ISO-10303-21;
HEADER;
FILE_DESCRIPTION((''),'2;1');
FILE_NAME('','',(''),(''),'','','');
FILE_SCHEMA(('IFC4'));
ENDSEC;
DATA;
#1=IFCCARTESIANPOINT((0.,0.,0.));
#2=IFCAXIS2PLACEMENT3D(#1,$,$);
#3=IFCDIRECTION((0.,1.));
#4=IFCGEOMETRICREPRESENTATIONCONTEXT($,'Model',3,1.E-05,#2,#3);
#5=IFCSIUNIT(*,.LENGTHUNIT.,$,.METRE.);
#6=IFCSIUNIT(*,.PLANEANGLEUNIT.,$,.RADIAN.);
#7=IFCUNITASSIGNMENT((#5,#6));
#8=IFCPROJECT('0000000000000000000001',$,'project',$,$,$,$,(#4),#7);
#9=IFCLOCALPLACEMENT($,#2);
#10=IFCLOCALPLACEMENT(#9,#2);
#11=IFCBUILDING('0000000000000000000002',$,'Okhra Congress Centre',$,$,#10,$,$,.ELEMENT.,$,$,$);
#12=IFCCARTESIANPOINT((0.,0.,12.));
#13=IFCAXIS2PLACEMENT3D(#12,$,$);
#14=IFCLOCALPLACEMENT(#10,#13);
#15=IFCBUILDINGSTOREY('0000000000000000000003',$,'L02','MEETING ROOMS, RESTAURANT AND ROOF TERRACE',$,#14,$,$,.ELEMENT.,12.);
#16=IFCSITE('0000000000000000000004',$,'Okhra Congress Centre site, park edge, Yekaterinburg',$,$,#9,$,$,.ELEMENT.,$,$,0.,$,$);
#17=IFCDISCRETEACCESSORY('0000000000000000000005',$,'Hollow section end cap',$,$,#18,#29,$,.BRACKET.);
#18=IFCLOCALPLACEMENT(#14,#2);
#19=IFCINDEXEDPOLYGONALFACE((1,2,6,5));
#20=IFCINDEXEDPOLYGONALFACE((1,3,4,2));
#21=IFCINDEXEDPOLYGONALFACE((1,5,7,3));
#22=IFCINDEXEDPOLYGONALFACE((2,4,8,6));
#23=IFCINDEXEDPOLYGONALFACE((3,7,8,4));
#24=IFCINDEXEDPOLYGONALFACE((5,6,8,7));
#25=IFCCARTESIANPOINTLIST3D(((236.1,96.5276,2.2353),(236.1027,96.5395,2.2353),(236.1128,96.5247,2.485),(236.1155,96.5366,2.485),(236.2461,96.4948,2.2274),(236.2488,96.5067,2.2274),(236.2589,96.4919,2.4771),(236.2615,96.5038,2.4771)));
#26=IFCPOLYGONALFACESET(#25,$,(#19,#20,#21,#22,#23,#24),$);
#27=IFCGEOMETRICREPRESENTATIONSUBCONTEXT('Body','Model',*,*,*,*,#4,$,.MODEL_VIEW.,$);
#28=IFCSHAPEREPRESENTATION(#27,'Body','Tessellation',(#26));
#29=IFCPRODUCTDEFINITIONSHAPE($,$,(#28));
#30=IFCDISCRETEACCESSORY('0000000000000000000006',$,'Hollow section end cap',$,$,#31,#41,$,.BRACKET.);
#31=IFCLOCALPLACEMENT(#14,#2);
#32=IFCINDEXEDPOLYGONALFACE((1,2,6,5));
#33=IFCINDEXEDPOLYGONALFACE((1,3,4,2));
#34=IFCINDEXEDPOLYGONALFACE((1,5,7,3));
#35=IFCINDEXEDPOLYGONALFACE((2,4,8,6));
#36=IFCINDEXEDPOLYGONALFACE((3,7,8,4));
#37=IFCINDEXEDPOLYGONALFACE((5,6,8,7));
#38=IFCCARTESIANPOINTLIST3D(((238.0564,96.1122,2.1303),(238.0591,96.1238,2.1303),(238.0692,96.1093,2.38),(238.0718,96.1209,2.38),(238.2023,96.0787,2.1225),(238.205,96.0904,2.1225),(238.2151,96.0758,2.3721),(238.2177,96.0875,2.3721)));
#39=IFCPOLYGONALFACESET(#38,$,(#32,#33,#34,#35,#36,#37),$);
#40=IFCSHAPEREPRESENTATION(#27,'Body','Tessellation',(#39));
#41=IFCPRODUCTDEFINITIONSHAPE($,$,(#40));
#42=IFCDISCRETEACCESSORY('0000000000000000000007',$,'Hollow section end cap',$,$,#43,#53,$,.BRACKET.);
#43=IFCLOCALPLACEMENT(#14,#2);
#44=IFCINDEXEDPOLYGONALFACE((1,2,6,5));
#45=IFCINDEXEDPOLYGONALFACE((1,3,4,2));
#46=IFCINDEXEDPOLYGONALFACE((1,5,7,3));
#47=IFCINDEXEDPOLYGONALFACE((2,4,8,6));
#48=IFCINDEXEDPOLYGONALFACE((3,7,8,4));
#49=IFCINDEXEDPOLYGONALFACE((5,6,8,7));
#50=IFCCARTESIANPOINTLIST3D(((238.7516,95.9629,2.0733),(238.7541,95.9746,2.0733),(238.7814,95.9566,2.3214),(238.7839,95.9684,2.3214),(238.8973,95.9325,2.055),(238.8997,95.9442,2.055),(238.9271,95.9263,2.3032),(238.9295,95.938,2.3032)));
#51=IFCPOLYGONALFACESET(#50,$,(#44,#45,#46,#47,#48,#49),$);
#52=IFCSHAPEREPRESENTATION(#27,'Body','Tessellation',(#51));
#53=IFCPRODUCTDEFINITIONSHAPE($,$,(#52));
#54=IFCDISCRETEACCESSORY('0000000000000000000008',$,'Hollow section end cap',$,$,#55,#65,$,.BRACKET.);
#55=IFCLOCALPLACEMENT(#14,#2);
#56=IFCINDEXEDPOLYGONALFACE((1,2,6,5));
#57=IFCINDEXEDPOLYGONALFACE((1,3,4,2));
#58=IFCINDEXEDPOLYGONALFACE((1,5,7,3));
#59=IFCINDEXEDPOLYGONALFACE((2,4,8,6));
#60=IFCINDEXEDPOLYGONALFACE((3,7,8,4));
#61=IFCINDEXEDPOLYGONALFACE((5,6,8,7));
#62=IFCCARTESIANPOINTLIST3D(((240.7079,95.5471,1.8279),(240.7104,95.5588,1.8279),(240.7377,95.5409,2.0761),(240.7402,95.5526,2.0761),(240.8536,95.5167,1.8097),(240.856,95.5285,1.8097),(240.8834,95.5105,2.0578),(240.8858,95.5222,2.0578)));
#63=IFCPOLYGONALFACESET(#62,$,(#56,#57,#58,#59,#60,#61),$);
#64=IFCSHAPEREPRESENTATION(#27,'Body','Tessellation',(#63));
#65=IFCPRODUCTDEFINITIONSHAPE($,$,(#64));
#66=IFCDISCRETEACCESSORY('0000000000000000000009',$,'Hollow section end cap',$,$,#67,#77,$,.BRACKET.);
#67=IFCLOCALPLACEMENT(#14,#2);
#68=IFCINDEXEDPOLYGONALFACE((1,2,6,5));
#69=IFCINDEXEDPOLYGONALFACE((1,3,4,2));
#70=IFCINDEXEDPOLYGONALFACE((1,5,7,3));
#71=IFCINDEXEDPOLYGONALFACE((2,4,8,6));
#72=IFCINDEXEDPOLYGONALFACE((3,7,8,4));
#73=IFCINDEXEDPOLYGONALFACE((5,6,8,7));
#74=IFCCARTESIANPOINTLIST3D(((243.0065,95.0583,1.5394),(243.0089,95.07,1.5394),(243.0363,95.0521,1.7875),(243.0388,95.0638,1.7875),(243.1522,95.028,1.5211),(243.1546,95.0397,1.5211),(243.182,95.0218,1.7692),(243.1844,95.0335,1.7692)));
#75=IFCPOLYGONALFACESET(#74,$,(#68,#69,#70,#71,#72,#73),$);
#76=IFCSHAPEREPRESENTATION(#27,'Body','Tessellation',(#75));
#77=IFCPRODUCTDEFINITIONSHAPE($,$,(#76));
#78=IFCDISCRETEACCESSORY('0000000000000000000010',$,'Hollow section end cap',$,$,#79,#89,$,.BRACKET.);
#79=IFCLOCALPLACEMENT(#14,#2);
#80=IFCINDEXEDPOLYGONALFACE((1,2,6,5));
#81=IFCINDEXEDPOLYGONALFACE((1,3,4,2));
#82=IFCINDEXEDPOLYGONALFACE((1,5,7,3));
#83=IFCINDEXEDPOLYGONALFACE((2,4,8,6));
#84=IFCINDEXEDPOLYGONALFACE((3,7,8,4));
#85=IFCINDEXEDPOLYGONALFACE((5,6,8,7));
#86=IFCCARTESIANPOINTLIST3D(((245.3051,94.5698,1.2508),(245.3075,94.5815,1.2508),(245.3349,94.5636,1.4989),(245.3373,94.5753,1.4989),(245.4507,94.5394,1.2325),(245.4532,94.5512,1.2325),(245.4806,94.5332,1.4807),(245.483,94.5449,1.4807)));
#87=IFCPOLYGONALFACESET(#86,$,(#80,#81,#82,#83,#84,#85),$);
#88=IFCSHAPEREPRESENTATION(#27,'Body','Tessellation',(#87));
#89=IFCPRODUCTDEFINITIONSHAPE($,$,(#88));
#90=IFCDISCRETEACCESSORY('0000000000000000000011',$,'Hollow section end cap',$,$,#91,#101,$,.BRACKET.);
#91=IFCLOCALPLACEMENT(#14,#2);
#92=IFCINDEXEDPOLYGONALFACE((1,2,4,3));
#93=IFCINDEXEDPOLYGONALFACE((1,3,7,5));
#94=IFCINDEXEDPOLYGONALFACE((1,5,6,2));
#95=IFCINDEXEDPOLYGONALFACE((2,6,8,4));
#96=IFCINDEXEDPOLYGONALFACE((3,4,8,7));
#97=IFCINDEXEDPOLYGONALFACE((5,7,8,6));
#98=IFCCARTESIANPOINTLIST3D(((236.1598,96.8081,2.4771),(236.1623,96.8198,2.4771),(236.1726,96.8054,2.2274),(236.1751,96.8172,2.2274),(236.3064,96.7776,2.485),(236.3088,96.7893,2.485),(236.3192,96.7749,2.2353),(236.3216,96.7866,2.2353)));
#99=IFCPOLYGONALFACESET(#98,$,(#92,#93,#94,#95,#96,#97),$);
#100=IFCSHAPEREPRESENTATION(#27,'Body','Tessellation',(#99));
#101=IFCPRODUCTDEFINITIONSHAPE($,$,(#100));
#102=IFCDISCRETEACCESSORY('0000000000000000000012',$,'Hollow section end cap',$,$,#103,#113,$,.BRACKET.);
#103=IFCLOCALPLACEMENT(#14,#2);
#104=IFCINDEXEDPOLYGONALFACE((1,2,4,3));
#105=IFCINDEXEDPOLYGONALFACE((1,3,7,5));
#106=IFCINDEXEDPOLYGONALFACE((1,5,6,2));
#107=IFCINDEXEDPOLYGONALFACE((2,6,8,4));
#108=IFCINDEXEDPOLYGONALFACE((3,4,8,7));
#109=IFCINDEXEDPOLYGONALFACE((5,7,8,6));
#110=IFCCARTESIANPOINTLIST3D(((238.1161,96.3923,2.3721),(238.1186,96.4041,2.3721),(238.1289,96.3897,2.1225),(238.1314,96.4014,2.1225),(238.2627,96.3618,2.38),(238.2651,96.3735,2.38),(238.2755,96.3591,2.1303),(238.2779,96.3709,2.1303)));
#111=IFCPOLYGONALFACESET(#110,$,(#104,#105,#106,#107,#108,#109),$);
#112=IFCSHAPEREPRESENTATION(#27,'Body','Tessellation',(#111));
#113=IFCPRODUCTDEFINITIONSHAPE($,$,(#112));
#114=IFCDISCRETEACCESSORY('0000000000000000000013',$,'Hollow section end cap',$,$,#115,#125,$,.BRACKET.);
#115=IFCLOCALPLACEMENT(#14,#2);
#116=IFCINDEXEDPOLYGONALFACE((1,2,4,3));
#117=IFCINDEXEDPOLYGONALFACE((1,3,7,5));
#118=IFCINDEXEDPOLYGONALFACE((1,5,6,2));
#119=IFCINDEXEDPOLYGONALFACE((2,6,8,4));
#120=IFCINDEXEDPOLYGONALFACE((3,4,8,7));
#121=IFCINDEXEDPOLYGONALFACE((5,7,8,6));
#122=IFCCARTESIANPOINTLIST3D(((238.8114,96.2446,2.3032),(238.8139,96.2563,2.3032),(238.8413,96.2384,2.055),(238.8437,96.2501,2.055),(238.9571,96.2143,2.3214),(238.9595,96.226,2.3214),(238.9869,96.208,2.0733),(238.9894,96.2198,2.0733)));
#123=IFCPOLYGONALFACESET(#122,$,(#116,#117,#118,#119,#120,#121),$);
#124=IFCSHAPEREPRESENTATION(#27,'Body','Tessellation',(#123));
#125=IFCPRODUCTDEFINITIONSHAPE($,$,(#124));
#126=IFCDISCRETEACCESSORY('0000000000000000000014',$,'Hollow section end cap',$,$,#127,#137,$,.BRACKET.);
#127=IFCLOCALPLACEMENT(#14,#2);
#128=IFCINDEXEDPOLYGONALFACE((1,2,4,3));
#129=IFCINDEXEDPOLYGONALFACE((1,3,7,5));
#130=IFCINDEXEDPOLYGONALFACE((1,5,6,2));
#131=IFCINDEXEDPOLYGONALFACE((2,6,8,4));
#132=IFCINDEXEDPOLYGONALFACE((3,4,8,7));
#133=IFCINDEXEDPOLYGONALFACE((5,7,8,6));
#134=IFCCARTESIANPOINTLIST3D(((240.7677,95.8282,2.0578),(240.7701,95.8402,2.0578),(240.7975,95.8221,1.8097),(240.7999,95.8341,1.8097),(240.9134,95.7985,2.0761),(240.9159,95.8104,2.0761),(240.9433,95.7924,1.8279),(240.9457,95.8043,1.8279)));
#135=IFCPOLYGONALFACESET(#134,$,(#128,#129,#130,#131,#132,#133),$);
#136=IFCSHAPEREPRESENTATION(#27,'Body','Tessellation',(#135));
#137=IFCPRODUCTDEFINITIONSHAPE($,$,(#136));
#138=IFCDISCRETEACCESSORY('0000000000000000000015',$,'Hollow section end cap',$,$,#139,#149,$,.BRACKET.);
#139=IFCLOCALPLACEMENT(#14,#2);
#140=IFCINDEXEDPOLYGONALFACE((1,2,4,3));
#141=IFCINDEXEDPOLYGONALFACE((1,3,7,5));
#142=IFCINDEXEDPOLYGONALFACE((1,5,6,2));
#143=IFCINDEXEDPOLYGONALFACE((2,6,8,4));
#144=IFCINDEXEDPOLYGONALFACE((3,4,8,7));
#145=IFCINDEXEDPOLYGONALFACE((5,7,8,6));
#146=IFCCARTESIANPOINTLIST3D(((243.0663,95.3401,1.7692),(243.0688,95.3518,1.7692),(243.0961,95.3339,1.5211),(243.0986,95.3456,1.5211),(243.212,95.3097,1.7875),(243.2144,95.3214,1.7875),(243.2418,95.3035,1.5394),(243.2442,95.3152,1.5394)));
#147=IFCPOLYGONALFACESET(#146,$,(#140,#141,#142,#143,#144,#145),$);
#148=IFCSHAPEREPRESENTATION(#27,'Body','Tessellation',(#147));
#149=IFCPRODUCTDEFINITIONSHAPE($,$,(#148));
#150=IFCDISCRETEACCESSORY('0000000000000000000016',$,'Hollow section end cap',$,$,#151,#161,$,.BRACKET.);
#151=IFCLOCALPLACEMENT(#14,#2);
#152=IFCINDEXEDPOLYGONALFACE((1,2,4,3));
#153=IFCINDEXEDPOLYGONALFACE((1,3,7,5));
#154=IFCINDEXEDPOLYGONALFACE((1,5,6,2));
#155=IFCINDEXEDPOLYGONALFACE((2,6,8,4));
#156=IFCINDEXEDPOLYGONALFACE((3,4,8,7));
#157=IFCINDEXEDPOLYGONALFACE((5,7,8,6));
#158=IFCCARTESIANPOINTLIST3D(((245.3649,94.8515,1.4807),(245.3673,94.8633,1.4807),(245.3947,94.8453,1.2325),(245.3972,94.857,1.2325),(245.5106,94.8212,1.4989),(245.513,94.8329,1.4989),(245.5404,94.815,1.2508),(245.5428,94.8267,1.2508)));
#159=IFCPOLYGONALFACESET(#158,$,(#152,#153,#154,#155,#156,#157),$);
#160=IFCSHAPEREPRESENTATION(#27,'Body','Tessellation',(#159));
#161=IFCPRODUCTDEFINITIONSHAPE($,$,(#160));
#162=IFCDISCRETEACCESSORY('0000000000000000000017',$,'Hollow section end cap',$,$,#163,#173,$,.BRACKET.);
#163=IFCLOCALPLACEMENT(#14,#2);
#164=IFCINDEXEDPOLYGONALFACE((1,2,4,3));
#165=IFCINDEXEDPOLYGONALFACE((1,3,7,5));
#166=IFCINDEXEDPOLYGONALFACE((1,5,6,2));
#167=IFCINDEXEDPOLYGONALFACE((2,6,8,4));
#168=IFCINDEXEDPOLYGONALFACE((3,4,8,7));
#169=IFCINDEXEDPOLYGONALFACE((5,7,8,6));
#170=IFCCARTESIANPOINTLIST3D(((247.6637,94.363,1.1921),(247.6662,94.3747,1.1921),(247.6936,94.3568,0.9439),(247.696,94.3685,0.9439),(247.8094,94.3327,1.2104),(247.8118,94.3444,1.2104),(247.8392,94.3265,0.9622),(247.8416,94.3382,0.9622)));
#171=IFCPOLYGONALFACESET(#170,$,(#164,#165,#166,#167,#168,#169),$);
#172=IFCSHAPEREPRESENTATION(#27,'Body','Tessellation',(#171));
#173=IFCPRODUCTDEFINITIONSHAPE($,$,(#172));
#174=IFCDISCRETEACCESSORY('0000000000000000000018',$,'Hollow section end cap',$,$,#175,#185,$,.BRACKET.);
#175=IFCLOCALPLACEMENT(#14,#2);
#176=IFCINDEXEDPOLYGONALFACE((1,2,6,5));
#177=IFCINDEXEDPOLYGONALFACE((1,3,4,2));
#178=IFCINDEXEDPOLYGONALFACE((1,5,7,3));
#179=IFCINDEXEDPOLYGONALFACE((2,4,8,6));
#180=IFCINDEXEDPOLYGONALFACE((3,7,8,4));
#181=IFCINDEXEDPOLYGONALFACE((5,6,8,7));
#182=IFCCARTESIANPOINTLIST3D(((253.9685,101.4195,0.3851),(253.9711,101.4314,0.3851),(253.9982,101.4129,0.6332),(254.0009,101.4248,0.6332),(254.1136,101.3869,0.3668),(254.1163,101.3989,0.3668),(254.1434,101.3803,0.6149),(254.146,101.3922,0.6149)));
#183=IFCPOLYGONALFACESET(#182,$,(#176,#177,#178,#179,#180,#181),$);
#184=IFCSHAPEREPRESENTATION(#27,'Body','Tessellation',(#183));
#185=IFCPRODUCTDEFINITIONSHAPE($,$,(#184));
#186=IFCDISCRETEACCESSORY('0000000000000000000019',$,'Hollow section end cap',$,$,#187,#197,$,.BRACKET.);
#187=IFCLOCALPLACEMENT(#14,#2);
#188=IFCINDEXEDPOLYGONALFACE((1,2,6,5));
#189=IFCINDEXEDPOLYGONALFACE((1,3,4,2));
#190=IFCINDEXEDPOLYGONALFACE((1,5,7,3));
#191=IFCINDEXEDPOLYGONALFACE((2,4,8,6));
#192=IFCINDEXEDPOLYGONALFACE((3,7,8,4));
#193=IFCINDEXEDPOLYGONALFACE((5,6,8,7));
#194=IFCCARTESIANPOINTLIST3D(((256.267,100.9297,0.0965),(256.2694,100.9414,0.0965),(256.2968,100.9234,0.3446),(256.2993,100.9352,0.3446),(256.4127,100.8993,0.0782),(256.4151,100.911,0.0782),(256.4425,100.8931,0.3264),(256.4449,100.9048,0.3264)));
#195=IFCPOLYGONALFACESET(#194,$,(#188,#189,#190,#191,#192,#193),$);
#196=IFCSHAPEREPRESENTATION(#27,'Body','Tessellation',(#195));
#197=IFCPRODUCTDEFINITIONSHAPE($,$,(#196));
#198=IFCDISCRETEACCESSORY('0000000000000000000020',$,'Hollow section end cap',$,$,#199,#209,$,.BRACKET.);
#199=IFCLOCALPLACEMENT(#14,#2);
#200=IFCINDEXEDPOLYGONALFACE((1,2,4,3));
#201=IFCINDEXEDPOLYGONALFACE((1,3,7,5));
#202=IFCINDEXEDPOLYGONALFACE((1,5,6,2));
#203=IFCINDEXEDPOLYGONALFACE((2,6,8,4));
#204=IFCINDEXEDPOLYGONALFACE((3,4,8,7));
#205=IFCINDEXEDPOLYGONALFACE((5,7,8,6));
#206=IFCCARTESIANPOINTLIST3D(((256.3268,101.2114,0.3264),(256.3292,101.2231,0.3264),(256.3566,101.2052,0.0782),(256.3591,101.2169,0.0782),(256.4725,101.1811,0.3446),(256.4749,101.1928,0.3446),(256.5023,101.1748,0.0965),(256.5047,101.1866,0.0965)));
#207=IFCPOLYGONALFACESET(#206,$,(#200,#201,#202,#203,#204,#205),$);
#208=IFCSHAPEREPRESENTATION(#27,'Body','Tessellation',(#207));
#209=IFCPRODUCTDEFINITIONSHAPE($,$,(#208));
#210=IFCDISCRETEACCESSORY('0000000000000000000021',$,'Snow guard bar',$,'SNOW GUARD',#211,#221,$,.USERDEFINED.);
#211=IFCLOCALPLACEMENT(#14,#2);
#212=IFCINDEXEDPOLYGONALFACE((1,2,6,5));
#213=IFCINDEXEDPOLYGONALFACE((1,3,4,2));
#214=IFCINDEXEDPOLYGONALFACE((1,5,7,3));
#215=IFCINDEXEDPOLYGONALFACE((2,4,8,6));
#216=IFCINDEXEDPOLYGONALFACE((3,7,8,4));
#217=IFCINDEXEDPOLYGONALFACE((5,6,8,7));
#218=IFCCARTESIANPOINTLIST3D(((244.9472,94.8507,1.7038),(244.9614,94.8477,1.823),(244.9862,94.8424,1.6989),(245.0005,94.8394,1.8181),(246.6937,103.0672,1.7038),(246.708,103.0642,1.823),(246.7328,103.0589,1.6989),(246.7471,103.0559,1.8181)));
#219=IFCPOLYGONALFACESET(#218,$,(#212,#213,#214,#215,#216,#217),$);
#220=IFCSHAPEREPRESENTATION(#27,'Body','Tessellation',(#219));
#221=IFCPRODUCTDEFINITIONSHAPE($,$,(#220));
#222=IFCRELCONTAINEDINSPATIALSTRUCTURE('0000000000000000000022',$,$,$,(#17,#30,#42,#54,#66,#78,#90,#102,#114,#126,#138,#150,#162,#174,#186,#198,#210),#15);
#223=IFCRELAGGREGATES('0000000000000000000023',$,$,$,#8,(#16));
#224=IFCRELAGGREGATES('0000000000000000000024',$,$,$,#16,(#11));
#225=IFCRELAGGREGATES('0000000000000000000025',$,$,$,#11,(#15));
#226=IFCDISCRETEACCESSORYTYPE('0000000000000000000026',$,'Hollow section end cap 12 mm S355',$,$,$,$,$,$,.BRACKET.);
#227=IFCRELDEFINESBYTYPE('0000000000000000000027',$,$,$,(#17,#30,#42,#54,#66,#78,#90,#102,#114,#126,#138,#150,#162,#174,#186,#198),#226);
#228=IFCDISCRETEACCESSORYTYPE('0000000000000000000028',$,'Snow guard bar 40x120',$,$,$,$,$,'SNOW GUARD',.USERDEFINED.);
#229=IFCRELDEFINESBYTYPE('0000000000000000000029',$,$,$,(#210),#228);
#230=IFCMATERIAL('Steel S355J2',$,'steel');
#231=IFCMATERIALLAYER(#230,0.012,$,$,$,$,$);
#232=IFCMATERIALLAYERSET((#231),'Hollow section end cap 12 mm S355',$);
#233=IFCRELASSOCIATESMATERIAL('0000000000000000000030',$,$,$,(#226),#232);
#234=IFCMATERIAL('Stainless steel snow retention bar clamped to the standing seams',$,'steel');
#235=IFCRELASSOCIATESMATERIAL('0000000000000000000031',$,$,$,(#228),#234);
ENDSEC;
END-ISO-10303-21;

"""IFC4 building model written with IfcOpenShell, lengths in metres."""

from ifc_helpers import new_model, si_unit, direction, frame, origin, origin_2d, place, context, subcontext, project, spatial, polyline, rectangle, outline, extrude, material, layer, layer_set, type_object, element, save


model = new_model("IFC4")

# Units and contexts
model_context = context("Model", 3, precision=1e-05, world=origin(), true_north=direction((0.0, 1.0)))
body_context = subcontext(model_context, "Body", "Model", "MODEL_VIEW")
ifc_project = project(units=[si_unit("LENGTHUNIT", "METRE"), si_unit("PLANEANGLEUNIT", "RADIAN")], contexts=[model_context])

# Site, building, storey
site_placement = place(None, origin())
site = spatial("IfcSite", under=ifc_project, at=site_placement, Name="Okhra Congress Centre site, park edge, Yekaterinburg", CompositionType="ELEMENT", RefElevation=0.0)
building_placement = place(site_placement, origin())
building = spatial("IfcBuilding", under=site, at=building_placement, Name="Okhra Congress Centre", CompositionType="ELEMENT")
storey_placement = place(building_placement, frame((0.0, 0.0, 12.0)))
storey = spatial("IfcBuildingStorey", under=building, at=storey_placement, Name="L02", Description="MEETING ROOMS, RESTAURANT AND ROOF TERRACE", CompositionType="ELEMENT", Elevation=12.0)

# Shared definitions
ifc_material_1 = material(Name="Steel S355J2", Category="steel")

# Discrete accessories
ifc_layer_1 = layer(ifc_material_1, 0.012)
ifc_layer_set_1 = layer_set([ifc_layer_1], Name="Hollow section end cap 12 mm S355")
discrete_accessory_type_1 = type_object("IfcDiscreteAccessoryType", Name="Hollow section end cap 12 mm S355", PredefinedType="BRACKET", material=ifc_layer_set_1)
discrete_accessory_1_placement = place(storey_placement, frame((236.1794, 96.5098, 2.3562), z_axis=(0.219038, 0.975716, 0.0), x_axis=(-0.974379, 0.218738, 0.052336)))
element("IfcDiscreteAccessory", 1, at=discrete_accessory_1_placement, inside=storey, type_object=discrete_accessory_type_1, Name="Hollow section end cap", PredefinedType="BRACKET", context=body_context, shape_type="SweptSolid", body=[
    extrude(rectangle(XDim=0.1499, YDim=0.25, at=origin_2d()), origin(), (0.0, 0.0, 1.0), 0.0122),
])
for number, where, z_axis, x_axis, name in (
    (2, (238.1357, 96.094, 2.2512), (0.223376, 0.974732, 0.0), (-0.973396, 0.22307, 0.052336), "Hollow section end cap"),
    (3, (238.8394, 95.9446, 2.1882), (0.203954, 0.97898, 0.0), (-0.971683, 0.202434, 0.121869), "Hollow section end cap"),
    (4, (240.7957, 95.5288, 1.9429), (0.203954, 0.97898, 0.0), (-0.971683, 0.202434, 0.121869), "Hollow section end cap"),
    (5, (243.0942, 95.04, 1.6543), (0.203954, 0.97898, 0.0), (-0.971683, 0.202434, 0.121869), "Hollow section end cap"),
    (6, (245.3928, 94.5515, 1.3657), (0.203954, 0.97898, 0.0), (-0.971683, 0.202434, 0.121869), "Hollow section end cap"),
    (7, (236.2419, 96.8032, 2.3562), (-0.203954, -0.97898, 0.0), (0.977639, -0.203675, 0.052336), "Hollow section end cap"),
    (8, (238.1982, 96.3875, 2.2512), (-0.203954, -0.97898, 0.0), (0.977639, -0.203675, 0.052336), "Hollow section end cap"),
    (9, (238.9016, 96.238, 2.1882), (-0.203954, -0.97898, 0.0), (0.971683, -0.202434, 0.121869), "Hollow section end cap"),
):
    element("IfcDiscreteAccessory", number, at=place(storey_placement, frame(where, z_axis=z_axis, x_axis=x_axis)), inside=storey, type_object=discrete_accessory_type_1, Name=name, PredefinedType="BRACKET", context=body_context, shape_type="SweptSolid", body=[
        extrude(rectangle(XDim=0.1499, YDim=0.25, at=origin_2d()), origin(), (0.0, 0.0, 1.0), 0.012),
    ])
discrete_accessory_2_placement = place(storey_placement, frame((240.8579, 95.8223, 1.9429), z_axis=(-0.19996, -0.979804, 0.0), x_axis=(0.972501, -0.19847, 0.121869)))
element("IfcDiscreteAccessory", 10, at=discrete_accessory_2_placement, inside=storey, type_object=discrete_accessory_type_1, Name="Hollow section end cap", PredefinedType="BRACKET", context=body_context, shape_type="SweptSolid", body=[
    extrude(rectangle(XDim=0.1499, YDim=0.25, at=origin_2d()), origin(), (0.0, 0.0, 1.0), 0.0122),
])
for number, where, z_axis, x_axis, name in (
    (11, (243.1565, 95.3335, 1.6543), (-0.203954, -0.97898, 0.0), (0.971683, -0.202434, 0.121869), "Hollow section end cap"),
    (12, (245.4551, 94.845, 1.3657), (-0.203954, -0.97898, 0.0), (0.971683, -0.202434, 0.121869), "Hollow section end cap"),
    (13, (247.7539, 94.3564, 1.0771), (-0.203954, -0.97898, 0.0), (0.971683, -0.202434, 0.121869), "Hollow section end cap"),
):
    element("IfcDiscreteAccessory", number, at=place(storey_placement, frame(where, z_axis=z_axis, x_axis=x_axis)), inside=storey, type_object=discrete_accessory_type_1, Name=name, PredefinedType="BRACKET", context=body_context, shape_type="SweptSolid", body=[
        extrude(rectangle(XDim=0.1499, YDim=0.25, at=origin_2d()), origin(), (0.0, 0.0, 1.0), 0.012),
    ])
discrete_accessory_3_placement = place(storey_placement, frame((254.0559, 101.3999, 0.5), z_axis=(0.219038, 0.975716, 0.0), x_axis=(-0.968443, 0.217406, 0.121869)))
element("IfcDiscreteAccessory", 14, at=discrete_accessory_3_placement, inside=storey, type_object=discrete_accessory_type_1, Name="Hollow section end cap", PredefinedType="BRACKET", context=body_context, shape_type="SweptSolid", body=[
    extrude(rectangle(XDim=0.1499, YDim=0.25, at=origin_2d()), origin(), (0.0, 0.0, 1.0), 0.0122),
])
for number, where, z_axis, x_axis, name in (
    (15, (256.3547, 100.9114, 0.2114), (0.203954, 0.97898, 0.0), (-0.971683, 0.202434, 0.121869), "Hollow section end cap"),
    (16, (256.417, 101.2048, 0.2114), (-0.203954, -0.97898, 0.0), (0.971683, -0.202434, 0.121869), "Hollow section end cap"),
):
    element("IfcDiscreteAccessory", number, at=place(storey_placement, frame(where, z_axis=z_axis, x_axis=x_axis)), inside=storey, type_object=discrete_accessory_type_1, Name=name, PredefinedType="BRACKET", context=body_context, shape_type="SweptSolid", body=[
        extrude(rectangle(XDim=0.1499, YDim=0.25, at=origin_2d()), origin(), (0.0, 0.0, 1.0), 0.012),
    ])
ifc_material_2 = material(Name="Stainless steel snow retention bar clamped to the standing seams", Category="steel")
discrete_accessory_type_2 = type_object("IfcDiscreteAccessoryType", Name="Snow guard bar 40x120", ElementType="SNOW GUARD", PredefinedType="USERDEFINED", material=ifc_material_2)
discrete_accessory_4_placement = place(storey_placement, frame((244.9614, 94.8477, 1.823), z_axis=(0.118714, -0.025235, 0.992608), x_axis=(0.970928, -0.206322, -0.121366)))
element("IfcDiscreteAccessory", 17, at=discrete_accessory_4_placement, inside=storey, type_object=discrete_accessory_type_2, Name="Snow guard bar", ObjectType="SNOW GUARD", PredefinedType="USERDEFINED", context=body_context, shape_type="SweptSolid", body=[
    extrude(outline(polyline([(0.0, 0.0), (0.0402, 0.0), (0.0408, 8.4001), (0.0005, 8.4001), (0.0, 0.0)])), origin(), (0.0, 0.0, -1.0), 0.1201),
])

save(model, "model.ifc")
